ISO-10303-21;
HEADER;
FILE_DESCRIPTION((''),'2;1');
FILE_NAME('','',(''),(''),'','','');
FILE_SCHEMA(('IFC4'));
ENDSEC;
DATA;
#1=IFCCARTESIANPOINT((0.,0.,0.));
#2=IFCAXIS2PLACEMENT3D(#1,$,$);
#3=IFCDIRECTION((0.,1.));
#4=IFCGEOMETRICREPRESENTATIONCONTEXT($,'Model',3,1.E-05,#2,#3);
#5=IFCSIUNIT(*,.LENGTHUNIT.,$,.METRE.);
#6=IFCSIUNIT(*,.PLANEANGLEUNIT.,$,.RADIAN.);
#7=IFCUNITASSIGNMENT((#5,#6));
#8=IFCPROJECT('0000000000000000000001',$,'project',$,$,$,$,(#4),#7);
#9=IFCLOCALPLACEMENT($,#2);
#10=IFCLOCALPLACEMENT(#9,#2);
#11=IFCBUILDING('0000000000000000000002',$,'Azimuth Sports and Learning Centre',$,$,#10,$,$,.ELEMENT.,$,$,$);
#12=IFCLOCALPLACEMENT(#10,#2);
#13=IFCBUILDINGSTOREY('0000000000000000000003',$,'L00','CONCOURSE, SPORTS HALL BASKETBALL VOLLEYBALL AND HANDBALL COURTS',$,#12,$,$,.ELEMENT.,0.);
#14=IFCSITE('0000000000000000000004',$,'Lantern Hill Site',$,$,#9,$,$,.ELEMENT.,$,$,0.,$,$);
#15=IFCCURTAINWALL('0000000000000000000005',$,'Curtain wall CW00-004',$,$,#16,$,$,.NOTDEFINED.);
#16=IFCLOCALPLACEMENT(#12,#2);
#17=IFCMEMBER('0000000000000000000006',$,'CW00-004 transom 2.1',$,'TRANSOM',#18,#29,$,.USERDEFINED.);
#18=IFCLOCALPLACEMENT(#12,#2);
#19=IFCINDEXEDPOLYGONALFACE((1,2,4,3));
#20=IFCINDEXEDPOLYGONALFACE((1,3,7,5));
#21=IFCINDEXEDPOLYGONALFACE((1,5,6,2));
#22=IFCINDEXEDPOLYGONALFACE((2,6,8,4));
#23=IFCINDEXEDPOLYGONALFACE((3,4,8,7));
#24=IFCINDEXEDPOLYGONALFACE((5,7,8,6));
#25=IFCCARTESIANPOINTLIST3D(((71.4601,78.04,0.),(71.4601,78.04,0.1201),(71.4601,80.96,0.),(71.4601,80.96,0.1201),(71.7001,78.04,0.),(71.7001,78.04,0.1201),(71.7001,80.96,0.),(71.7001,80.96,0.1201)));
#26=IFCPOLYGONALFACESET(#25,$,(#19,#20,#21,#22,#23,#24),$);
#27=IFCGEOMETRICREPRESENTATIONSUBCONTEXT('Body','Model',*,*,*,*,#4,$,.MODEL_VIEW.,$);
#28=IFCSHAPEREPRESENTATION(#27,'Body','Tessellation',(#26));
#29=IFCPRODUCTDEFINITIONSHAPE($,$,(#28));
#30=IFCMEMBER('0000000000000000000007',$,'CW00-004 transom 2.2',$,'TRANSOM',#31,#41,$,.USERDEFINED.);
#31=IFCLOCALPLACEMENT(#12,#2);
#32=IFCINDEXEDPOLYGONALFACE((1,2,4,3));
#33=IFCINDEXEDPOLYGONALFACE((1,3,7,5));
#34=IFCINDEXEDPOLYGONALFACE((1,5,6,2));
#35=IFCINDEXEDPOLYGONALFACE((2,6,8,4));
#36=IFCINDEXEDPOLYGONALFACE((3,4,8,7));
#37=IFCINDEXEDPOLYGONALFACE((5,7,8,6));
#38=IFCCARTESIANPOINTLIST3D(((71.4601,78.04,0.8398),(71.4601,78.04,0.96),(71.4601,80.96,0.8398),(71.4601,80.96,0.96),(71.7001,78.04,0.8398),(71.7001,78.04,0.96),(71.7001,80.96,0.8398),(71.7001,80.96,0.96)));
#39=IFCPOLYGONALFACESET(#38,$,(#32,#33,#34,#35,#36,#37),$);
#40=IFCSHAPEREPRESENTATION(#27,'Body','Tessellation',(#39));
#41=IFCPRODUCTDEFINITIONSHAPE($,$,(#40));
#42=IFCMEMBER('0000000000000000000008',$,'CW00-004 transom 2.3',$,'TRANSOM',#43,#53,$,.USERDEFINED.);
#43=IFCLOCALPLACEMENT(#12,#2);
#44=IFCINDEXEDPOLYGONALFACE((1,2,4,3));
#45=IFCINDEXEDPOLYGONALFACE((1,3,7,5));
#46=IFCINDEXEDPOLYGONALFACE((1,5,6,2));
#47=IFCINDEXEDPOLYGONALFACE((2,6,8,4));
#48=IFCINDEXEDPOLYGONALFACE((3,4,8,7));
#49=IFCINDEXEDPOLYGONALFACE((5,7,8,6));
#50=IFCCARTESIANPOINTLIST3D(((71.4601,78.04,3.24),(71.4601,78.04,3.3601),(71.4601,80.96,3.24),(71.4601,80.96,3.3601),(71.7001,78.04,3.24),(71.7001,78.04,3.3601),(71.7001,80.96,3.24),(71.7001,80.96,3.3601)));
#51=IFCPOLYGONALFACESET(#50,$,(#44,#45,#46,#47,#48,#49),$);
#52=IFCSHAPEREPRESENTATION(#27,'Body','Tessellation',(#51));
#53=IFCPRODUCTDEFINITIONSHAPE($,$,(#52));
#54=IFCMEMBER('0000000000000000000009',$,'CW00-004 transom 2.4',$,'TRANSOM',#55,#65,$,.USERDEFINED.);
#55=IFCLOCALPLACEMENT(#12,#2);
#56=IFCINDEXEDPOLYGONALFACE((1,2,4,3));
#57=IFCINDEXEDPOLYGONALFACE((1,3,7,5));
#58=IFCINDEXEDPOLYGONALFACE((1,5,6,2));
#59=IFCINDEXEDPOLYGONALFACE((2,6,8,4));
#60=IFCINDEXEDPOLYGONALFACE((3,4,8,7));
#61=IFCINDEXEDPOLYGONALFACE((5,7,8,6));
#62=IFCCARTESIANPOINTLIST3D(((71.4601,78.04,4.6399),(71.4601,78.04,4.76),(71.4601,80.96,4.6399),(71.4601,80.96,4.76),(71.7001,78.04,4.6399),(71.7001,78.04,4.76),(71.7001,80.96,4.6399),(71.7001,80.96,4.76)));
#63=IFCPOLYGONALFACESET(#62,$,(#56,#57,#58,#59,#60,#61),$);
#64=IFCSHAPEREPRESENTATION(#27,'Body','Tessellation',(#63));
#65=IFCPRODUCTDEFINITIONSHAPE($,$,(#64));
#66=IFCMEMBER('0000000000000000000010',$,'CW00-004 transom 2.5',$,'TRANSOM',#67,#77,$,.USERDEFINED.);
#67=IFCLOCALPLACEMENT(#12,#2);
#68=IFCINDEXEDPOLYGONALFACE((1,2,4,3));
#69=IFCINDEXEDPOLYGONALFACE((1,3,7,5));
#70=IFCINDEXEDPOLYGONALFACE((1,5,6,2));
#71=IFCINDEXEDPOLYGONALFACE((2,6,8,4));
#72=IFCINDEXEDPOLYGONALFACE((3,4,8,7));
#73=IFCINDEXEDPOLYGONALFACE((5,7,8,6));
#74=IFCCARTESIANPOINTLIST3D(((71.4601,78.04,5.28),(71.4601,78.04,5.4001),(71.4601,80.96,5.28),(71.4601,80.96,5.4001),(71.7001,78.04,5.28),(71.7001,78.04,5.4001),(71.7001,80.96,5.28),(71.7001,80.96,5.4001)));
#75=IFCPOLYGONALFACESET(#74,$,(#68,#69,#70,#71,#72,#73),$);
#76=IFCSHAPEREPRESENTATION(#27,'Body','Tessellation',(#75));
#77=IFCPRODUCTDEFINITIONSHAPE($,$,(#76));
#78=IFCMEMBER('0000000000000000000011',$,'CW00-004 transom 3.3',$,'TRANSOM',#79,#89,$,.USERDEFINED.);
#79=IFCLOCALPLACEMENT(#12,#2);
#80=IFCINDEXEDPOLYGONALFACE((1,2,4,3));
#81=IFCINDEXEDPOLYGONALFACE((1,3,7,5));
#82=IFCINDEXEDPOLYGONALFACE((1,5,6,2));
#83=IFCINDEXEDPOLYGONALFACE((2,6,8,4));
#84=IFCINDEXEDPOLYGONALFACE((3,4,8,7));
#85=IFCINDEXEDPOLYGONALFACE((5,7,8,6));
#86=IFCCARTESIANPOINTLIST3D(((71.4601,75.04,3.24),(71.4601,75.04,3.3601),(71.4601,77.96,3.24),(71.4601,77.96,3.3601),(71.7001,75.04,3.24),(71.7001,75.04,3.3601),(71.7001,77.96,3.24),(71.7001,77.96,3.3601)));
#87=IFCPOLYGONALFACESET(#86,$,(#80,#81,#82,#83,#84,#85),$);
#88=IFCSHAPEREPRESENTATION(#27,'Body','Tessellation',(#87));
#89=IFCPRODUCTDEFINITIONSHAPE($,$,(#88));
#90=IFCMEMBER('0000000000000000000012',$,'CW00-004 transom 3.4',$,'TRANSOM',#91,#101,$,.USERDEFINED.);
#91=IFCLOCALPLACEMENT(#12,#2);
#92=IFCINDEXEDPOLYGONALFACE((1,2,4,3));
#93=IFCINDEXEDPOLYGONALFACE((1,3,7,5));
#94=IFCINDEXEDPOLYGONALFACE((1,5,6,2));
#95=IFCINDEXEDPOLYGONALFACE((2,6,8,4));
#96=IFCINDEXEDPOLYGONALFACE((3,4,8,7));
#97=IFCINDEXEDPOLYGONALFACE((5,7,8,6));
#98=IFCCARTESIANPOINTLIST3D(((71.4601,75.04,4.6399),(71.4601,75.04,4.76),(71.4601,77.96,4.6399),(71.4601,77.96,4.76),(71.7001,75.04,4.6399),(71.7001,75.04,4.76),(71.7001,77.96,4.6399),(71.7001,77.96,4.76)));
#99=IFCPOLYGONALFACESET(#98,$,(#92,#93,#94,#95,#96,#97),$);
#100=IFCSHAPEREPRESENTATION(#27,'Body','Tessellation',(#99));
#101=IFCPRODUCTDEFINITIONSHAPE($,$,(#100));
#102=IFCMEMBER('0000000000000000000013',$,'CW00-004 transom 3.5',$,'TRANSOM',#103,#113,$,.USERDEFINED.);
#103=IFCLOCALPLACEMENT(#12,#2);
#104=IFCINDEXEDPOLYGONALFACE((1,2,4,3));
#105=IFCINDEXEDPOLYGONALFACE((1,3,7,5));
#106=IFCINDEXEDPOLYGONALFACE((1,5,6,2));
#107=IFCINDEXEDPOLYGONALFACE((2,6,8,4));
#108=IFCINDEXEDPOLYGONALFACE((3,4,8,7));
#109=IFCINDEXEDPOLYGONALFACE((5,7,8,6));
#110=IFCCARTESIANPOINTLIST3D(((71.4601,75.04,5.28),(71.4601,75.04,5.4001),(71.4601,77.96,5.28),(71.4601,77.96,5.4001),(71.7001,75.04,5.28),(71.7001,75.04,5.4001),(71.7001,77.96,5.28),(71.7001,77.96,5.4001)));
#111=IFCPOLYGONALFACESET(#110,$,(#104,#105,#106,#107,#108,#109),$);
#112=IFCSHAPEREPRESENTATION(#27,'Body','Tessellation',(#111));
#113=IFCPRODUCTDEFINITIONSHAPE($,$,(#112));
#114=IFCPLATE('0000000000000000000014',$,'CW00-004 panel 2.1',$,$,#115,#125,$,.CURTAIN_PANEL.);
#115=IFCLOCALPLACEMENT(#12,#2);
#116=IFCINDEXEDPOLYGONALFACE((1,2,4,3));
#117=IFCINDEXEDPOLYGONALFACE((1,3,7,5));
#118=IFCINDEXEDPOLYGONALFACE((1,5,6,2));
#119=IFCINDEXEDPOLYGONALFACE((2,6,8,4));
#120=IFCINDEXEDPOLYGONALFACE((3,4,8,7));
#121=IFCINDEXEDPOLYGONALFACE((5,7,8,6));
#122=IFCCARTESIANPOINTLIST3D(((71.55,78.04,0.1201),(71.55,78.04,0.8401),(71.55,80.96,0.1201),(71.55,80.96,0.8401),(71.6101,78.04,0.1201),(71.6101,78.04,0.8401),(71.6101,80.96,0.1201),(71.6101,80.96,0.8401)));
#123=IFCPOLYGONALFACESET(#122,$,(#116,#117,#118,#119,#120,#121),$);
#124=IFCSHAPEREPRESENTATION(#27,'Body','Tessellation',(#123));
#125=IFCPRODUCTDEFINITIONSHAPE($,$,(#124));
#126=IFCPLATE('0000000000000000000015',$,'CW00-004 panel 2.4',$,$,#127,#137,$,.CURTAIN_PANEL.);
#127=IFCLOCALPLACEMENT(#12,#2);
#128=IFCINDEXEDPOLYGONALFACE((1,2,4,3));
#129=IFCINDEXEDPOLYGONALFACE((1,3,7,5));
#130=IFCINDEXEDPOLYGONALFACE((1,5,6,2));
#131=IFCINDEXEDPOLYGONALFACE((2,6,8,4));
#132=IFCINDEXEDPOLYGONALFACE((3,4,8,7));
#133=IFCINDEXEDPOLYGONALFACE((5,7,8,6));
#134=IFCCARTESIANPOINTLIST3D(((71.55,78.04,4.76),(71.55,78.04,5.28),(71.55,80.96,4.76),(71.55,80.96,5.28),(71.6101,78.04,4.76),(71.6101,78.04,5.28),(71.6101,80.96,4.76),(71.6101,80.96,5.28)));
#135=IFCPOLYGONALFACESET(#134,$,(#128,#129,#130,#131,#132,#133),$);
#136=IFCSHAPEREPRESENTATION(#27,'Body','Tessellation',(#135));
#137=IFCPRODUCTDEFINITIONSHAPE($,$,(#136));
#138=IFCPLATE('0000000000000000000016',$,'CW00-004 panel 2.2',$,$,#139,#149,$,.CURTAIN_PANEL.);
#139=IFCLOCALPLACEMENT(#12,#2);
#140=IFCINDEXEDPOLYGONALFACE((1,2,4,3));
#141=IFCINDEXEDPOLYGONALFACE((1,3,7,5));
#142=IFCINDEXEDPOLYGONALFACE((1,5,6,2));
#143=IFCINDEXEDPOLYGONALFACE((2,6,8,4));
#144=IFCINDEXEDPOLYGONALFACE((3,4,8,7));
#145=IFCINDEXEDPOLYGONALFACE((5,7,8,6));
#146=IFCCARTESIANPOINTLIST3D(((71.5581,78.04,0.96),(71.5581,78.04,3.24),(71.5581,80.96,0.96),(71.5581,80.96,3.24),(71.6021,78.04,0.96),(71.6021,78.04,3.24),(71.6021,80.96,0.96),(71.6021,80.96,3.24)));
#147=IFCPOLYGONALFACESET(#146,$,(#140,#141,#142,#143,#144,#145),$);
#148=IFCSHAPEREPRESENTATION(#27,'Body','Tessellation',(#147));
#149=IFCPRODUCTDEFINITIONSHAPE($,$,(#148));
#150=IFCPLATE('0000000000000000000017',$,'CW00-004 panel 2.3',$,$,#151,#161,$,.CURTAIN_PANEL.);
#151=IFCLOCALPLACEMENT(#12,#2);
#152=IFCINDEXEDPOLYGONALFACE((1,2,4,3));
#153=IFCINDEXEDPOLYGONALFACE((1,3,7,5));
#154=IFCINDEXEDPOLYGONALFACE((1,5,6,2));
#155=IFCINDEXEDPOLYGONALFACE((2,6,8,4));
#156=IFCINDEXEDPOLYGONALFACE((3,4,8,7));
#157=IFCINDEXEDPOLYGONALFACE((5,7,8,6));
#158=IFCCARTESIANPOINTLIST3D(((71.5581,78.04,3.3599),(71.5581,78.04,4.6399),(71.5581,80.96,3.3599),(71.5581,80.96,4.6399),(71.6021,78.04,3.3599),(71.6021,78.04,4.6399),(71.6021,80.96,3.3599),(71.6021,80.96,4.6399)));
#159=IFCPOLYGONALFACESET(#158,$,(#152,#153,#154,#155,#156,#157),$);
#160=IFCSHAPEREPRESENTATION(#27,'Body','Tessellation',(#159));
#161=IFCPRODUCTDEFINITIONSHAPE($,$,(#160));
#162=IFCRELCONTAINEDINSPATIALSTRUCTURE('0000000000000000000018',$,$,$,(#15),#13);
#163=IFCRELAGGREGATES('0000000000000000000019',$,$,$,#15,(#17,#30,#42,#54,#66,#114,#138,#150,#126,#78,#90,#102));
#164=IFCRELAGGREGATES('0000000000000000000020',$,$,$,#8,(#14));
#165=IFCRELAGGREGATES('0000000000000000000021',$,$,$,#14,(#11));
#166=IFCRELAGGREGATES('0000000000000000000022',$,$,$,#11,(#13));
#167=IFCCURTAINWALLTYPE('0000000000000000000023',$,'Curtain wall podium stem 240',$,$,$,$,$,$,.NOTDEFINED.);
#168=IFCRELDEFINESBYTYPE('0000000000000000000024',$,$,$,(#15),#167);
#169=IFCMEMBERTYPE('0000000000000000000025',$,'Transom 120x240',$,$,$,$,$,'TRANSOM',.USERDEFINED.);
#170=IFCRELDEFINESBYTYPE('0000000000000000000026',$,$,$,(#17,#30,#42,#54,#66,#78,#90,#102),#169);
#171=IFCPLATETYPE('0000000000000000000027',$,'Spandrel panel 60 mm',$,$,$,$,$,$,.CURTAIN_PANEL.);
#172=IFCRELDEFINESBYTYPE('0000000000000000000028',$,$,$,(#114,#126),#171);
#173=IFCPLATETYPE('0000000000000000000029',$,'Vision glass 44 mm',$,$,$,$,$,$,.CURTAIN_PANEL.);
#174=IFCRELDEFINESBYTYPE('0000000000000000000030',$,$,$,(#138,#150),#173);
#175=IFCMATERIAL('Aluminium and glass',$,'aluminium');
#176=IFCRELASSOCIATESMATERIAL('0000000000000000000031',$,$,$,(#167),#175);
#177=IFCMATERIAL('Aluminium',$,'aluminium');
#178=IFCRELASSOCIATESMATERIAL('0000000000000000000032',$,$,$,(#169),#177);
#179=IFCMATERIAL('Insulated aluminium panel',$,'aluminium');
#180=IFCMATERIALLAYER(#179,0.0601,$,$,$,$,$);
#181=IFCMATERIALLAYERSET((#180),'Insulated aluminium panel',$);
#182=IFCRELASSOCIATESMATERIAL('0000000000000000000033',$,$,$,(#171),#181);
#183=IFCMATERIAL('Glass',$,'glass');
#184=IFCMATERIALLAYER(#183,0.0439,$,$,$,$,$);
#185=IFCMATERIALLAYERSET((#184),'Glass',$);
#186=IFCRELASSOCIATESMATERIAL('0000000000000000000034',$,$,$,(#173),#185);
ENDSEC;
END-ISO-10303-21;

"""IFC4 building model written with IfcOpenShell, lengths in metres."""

from ifc_helpers import new_model, si_unit, direction, frame, origin, origin_2d, place, context, subcontext, project, spatial, rectangle, extrude, material, layer, layer_set, material_profile, profile_set, type_object, element, aggregate, save


model = new_model("IFC4")

# Units and contexts
model_context = context("Model", 3, precision=1e-05, world=origin(), true_north=direction((0.0, 1.0)))
body_context = subcontext(model_context, "Body", "Model", "MODEL_VIEW")
ifc_project = project(units=[si_unit("LENGTHUNIT", "METRE"), si_unit("PLANEANGLEUNIT", "RADIAN")], contexts=[model_context])

# Site, building, storey
site_placement = place(None, origin())
site = spatial("IfcSite", under=ifc_project, at=site_placement, Name="Lantern Hill Site", CompositionType="ELEMENT", RefElevation=0.0)
building_placement = place(site_placement, origin())
building = spatial("IfcBuilding", under=site, at=building_placement, Name="Azimuth Sports and Learning Centre", CompositionType="ELEMENT")
storey_placement = place(building_placement, origin())
storey = spatial("IfcBuildingStorey", under=building, at=storey_placement, Name="L00", Description="CONCOURSE, SPORTS HALL BASKETBALL VOLLEYBALL AND HANDBALL COURTS", CompositionType="ELEMENT", Elevation=0.0)

# Curtain wall, members, plates
ifc_material_1 = material(Name="Aluminium and glass", Category="aluminium")
curtain_wall_type = type_object("IfcCurtainWallType", Name="Curtain wall podium stem 240", PredefinedType="NOTDEFINED", material=ifc_material_1)
curtain_wall_placement = place(storey_placement, origin())
curtain_wall = element("IfcCurtainWall", 1, at=curtain_wall_placement, inside=storey, type_object=curtain_wall_type, Name="Curtain wall CW00-004", PredefinedType="NOTDEFINED")
ifc_material_2 = material(Name="Aluminium", Category="aluminium")
ifc_material_profile_1 = material_profile(ifc_material_2, rectangle(XDim=0.24, YDim=0.1201, at=origin_2d()), Name="Transom 120x240")
ifc_profile_set_1 = profile_set([ifc_material_profile_1], Name="Aluminium")
member_type_1 = type_object("IfcMemberType", Name="Transom 120x240", ElementType="TRANSOM", PredefinedType="USERDEFINED", material=ifc_profile_set_1)
member_1_placement = place(storey_placement, frame((71.5801, 80.96, 0.0601), z_axis=(0.0, -1.0, 0.0), x_axis=(1.0, 0.0, 0.0)))
member_1 = element("IfcMember", 2, at=member_1_placement, type_object=member_type_1, Name="CW00-004 transom 2.1", ObjectType="TRANSOM", PredefinedType="USERDEFINED", context=body_context, shape_type="SweptSolid", body=[
    extrude(rectangle(XDim=0.24, YDim=0.1201, at=origin_2d()), origin(), (0.0, 0.0, 1.0), 2.9199),
])
member_2_placement = place(storey_placement, frame((71.5801, 80.96, 0.8999), z_axis=(0.0, -1.0, 0.0), x_axis=(1.0, 0.0, 0.0)))
member_2 = element("IfcMember", 3, at=member_2_placement, type_object=member_type_1, Name="CW00-004 transom 2.2", ObjectType="TRANSOM", PredefinedType="USERDEFINED", context=body_context, shape_type="SweptSolid", body=[
    extrude(rectangle(XDim=0.24, YDim=0.1201, at=origin_2d()), origin(), (0.0, 0.0, 1.0), 2.9199),
])
member_3_placement = place(storey_placement, frame((71.5801, 80.96, 3.3), z_axis=(0.0, -1.0, 0.0), x_axis=(1.0, 0.0, 0.0)))
member_3 = element("IfcMember", 4, at=member_3_placement, type_object=member_type_1, Name="CW00-004 transom 2.3", ObjectType="TRANSOM", PredefinedType="USERDEFINED", context=body_context, shape_type="SweptSolid", body=[
    extrude(rectangle(XDim=0.24, YDim=0.1201, at=origin_2d()), origin(), (0.0, 0.0, 1.0), 2.9199),
])
member_4_placement = place(storey_placement, frame((71.5801, 80.96, 4.7), z_axis=(0.0, -1.0, 0.0), x_axis=(1.0, 0.0, 0.0)))
member_4 = element("IfcMember", 5, at=member_4_placement, type_object=member_type_1, Name="CW00-004 transom 2.4", ObjectType="TRANSOM", PredefinedType="USERDEFINED", context=body_context, shape_type="SweptSolid", body=[
    extrude(rectangle(XDim=0.24, YDim=0.1201, at=origin_2d()), origin(), (0.0, 0.0, 1.0), 2.9199),
])
member_5_placement = place(storey_placement, frame((71.5801, 80.96, 5.3401), z_axis=(0.0, -1.0, 0.0), x_axis=(1.0, 0.0, 0.0)))
member_5 = element("IfcMember", 6, at=member_5_placement, type_object=member_type_1, Name="CW00-004 transom 2.5", ObjectType="TRANSOM", PredefinedType="USERDEFINED", context=body_context, shape_type="SweptSolid", body=[
    extrude(rectangle(XDim=0.24, YDim=0.1201, at=origin_2d()), origin(), (0.0, 0.0, 1.0), 2.9199),
])
member_6_placement = place(storey_placement, frame((71.5801, 77.96, 3.3), z_axis=(0.0, -1.0, 0.0), x_axis=(1.0, 0.0, 0.0)))
member_6 = element("IfcMember", 7, at=member_6_placement, type_object=member_type_1, Name="CW00-004 transom 3.3", ObjectType="TRANSOM", PredefinedType="USERDEFINED", context=body_context, shape_type="SweptSolid", body=[
    extrude(rectangle(XDim=0.24, YDim=0.1201, at=origin_2d()), origin(), (0.0, 0.0, 1.0), 2.9199),
])
member_7_placement = place(storey_placement, frame((71.5801, 77.96, 4.7), z_axis=(0.0, -1.0, 0.0), x_axis=(1.0, 0.0, 0.0)))
member_7 = element("IfcMember", 8, at=member_7_placement, type_object=member_type_1, Name="CW00-004 transom 3.4", ObjectType="TRANSOM", PredefinedType="USERDEFINED", context=body_context, shape_type="SweptSolid", body=[
    extrude(rectangle(XDim=0.24, YDim=0.1201, at=origin_2d()), origin(), (0.0, 0.0, 1.0), 2.9199),
])
member_8_placement = place(storey_placement, frame((71.5801, 77.96, 5.3401), z_axis=(0.0, -1.0, 0.0), x_axis=(1.0, 0.0, 0.0)))
member_8 = element("IfcMember", 9, at=member_8_placement, type_object=member_type_1, Name="CW00-004 transom 3.5", ObjectType="TRANSOM", PredefinedType="USERDEFINED", context=body_context, shape_type="SweptSolid", body=[
    extrude(rectangle(XDim=0.24, YDim=0.1201, at=origin_2d()), origin(), (0.0, 0.0, 1.0), 2.9199),
])
ifc_material_3 = material(Name="Insulated aluminium panel", Category="aluminium")
ifc_layer_1 = layer(ifc_material_3, 0.0601)
ifc_layer_set_1 = layer_set([ifc_layer_1], Name="Insulated aluminium panel")
plate_type_1 = type_object("IfcPlateType", Name="Spandrel panel 60 mm", PredefinedType="CURTAIN_PANEL", material=ifc_layer_set_1)
plate_1_placement = place(storey_placement, frame((71.5801, 79.5, 0.1201), z_axis=(0.0, 0.0, 1.0), x_axis=(0.0, -1.0, 0.0)))
plate_1 = element("IfcPlate", 10, at=plate_1_placement, type_object=plate_type_1, Name="CW00-004 panel 2.1", PredefinedType="CURTAIN_PANEL", context=body_context, shape_type="SweptSolid", body=[
    extrude(rectangle(XDim=2.9199, YDim=0.0601, at=origin_2d()), origin(), (0.0, 0.0, 1.0), 0.72),
])
plate_2_placement = place(storey_placement, frame((71.5801, 79.5, 4.76), z_axis=(0.0, 0.0, 1.0), x_axis=(0.0, -1.0, 0.0)))
plate_2 = element("IfcPlate", 11, at=plate_2_placement, type_object=plate_type_1, Name="CW00-004 panel 2.4", PredefinedType="CURTAIN_PANEL", context=body_context, shape_type="SweptSolid", body=[
    extrude(rectangle(XDim=2.9199, YDim=0.0601, at=origin_2d()), origin(), (0.0, 0.0, 1.0), 0.52),
])
ifc_material_4 = material(Name="Glass", Category="glass")
ifc_layer_2 = layer(ifc_material_4, 0.0439)
ifc_layer_set_2 = layer_set([ifc_layer_2], Name="Glass")
plate_type_2 = type_object("IfcPlateType", Name="Vision glass 44 mm", PredefinedType="CURTAIN_PANEL", material=ifc_layer_set_2)
plate_3_placement = place(storey_placement, frame((71.5801, 79.5, 0.96), z_axis=(0.0, 0.0, 1.0), x_axis=(0.0, -1.0, 0.0)))
plate_3 = element("IfcPlate", 12, at=plate_3_placement, type_object=plate_type_2, Name="CW00-004 panel 2.2", PredefinedType="CURTAIN_PANEL", context=body_context, shape_type="SweptSolid", body=[
    extrude(rectangle(XDim=2.9199, YDim=0.0439, at=origin_2d()), origin(), (0.0, 0.0, 1.0), 2.28),
])
plate_4_placement = place(storey_placement, frame((71.5801, 79.5, 3.3599), z_axis=(0.0, 0.0, 1.0), x_axis=(0.0, -1.0, 0.0)))
plate_4 = element("IfcPlate", 13, at=plate_4_placement, type_object=plate_type_2, Name="CW00-004 panel 2.3", PredefinedType="CURTAIN_PANEL", context=body_context, shape_type="SweptSolid", body=[
    extrude(rectangle(XDim=2.9199, YDim=0.0439, at=origin_2d()), origin(), (0.0, 0.0, 1.0), 1.28),
])
aggregate(curtain_wall, [member_1, member_2, member_3, member_4, member_5, plate_1, plate_3, plate_4, plate_2, member_6, member_7, member_8])

save(model, "model.ifc")
